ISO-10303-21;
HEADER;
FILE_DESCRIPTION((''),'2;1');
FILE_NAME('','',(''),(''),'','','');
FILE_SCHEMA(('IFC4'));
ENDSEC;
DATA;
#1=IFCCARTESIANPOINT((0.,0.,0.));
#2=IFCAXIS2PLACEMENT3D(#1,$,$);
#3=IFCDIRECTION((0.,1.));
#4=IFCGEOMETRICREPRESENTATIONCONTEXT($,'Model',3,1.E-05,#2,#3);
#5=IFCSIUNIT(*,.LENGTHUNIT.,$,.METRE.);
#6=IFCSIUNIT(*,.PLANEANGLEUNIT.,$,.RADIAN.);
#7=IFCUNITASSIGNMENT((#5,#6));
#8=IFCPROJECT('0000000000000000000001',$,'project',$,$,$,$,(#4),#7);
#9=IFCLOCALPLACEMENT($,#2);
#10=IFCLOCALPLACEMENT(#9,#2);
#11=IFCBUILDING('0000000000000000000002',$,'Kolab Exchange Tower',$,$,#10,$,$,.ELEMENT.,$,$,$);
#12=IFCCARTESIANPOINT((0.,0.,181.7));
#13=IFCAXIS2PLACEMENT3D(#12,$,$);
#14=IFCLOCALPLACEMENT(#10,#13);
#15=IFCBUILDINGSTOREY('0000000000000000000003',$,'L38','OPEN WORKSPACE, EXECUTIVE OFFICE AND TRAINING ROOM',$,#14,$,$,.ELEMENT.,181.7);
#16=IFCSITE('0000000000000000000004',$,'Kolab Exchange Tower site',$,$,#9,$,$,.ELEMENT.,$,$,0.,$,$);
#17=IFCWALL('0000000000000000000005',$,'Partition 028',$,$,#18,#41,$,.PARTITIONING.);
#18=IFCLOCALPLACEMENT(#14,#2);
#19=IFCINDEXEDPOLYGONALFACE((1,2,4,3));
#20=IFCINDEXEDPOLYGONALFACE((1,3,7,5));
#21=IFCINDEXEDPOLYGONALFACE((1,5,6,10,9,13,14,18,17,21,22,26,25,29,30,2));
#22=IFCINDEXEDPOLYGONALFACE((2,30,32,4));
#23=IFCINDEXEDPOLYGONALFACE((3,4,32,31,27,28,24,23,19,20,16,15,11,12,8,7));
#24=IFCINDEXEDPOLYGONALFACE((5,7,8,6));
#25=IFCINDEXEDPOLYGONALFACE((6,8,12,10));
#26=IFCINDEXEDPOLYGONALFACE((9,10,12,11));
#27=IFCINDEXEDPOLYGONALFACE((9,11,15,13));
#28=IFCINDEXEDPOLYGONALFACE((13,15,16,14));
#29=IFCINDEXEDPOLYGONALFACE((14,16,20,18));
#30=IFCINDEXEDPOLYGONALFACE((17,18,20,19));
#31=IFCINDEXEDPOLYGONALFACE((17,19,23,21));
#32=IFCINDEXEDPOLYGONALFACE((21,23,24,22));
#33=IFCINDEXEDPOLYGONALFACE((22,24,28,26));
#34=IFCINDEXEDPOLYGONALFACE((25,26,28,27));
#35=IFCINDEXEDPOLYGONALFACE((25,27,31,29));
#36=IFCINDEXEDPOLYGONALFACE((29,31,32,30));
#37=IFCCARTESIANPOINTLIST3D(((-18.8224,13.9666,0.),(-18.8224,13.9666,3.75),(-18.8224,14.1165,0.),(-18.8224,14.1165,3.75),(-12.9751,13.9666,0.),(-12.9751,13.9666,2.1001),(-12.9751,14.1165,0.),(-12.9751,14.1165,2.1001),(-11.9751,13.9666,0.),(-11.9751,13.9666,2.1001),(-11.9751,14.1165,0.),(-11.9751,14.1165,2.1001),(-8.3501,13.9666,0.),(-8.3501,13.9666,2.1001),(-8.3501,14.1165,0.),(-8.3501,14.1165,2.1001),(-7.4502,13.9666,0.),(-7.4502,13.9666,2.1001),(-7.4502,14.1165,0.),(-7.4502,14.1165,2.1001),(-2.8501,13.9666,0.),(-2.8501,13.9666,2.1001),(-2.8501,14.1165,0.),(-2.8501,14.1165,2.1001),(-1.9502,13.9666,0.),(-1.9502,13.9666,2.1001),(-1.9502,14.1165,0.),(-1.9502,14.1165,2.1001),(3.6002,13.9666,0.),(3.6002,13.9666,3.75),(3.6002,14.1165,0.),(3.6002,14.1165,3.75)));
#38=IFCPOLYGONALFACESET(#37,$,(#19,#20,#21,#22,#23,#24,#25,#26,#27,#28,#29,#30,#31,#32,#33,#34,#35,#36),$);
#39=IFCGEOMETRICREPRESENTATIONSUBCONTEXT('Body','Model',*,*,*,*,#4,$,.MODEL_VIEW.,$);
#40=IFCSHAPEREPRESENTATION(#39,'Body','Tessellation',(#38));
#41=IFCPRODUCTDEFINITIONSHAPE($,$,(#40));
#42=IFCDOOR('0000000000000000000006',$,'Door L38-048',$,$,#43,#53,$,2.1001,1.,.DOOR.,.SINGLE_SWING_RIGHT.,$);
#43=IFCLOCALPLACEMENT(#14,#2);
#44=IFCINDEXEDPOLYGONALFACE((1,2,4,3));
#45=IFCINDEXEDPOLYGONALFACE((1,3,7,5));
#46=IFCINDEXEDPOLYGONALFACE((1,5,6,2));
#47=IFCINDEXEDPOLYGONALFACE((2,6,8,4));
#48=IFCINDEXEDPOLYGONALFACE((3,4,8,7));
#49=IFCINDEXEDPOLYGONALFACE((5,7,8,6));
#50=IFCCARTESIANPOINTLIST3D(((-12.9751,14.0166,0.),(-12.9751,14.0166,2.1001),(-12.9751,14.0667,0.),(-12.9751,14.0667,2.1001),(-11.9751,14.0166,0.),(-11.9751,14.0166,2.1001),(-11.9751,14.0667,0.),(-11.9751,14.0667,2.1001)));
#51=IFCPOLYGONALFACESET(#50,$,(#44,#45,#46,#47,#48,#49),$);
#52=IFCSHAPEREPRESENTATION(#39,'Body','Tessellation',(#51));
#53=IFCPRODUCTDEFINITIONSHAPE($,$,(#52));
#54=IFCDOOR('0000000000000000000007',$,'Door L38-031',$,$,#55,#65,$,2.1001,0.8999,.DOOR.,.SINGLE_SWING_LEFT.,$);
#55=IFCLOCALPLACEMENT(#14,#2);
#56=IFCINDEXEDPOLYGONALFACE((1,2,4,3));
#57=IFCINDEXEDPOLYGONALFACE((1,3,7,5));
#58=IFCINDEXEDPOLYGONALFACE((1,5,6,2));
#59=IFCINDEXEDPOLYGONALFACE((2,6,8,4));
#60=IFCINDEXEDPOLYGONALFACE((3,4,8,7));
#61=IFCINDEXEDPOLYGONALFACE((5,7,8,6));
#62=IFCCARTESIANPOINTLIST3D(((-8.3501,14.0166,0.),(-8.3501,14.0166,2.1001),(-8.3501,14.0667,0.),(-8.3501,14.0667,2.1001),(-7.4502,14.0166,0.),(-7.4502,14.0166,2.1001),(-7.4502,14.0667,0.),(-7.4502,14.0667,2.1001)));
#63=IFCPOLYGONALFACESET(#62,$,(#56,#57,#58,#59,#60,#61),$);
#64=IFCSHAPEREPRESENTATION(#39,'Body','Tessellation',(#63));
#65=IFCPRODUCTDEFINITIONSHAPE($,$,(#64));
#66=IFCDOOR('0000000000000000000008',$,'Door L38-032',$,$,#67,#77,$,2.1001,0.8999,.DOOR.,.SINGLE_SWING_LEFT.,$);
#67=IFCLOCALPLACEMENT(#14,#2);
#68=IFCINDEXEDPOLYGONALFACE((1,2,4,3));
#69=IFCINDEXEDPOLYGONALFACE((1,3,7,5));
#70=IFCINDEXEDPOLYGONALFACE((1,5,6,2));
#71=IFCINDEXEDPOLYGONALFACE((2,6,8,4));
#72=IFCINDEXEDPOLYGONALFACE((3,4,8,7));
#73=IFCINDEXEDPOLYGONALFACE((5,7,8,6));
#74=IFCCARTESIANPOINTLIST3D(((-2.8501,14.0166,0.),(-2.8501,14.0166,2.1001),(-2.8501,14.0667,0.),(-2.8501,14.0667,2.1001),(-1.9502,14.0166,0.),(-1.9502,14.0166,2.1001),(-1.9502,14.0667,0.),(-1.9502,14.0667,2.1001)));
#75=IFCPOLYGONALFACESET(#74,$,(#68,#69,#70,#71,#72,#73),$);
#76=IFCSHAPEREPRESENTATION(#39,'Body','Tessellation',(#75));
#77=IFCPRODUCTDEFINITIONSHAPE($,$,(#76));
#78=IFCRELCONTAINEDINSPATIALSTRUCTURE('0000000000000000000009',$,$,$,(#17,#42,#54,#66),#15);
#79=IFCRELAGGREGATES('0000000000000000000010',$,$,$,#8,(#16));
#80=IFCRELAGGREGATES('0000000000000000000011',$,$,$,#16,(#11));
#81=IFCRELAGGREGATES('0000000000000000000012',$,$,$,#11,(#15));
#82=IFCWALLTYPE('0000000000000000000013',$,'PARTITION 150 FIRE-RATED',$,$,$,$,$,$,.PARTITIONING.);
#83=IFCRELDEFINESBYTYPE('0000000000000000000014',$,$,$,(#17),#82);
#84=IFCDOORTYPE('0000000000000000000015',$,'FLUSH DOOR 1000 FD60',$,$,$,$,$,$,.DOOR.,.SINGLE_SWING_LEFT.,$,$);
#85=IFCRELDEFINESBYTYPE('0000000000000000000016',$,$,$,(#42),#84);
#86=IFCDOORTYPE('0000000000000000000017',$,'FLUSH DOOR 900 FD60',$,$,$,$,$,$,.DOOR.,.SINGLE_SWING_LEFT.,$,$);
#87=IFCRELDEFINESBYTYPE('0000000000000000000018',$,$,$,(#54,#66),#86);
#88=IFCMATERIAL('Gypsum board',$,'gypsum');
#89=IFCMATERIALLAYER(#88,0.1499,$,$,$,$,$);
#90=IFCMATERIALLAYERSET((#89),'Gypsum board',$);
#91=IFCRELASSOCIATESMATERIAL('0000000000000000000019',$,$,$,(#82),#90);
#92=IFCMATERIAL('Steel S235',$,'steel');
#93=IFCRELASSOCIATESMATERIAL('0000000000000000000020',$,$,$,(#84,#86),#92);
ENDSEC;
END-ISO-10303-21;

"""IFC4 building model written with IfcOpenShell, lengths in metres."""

from ifc_helpers import new_model, si_unit, direction, frame, frame_2d, origin, place, context, subcontext, project, spatial, rectangle, extrude, material, layer, layer_set, type_object, element, fill, save


model = new_model("IFC4")

# Units and contexts
model_context = context("Model", 3, precision=1e-05, world=origin(), true_north=direction((0.0, 1.0)))
body_context = subcontext(model_context, "Body", "Model", "MODEL_VIEW")
ifc_project = project(units=[si_unit("LENGTHUNIT", "METRE"), si_unit("PLANEANGLEUNIT", "RADIAN")], contexts=[model_context])

# Site, building, storey
site_placement = place(None, origin())
site = spatial("IfcSite", under=ifc_project, at=site_placement, Name="Kolab Exchange Tower site", CompositionType="ELEMENT", RefElevation=0.0)
building_placement = place(site_placement, origin())
building = spatial("IfcBuilding", under=site, at=building_placement, Name="Kolab Exchange Tower", CompositionType="ELEMENT")
storey_placement = place(building_placement, frame((0.0, 0.0, 181.7)))
storey = spatial("IfcBuildingStorey", under=building, at=storey_placement, Name="L38", Description="OPEN WORKSPACE, EXECUTIVE OFFICE AND TRAINING ROOM", CompositionType="ELEMENT", Elevation=181.7)

# Wall, openings, doors
ifc_material_1 = material(Name="Gypsum board", Category="gypsum")
ifc_layer_1 = layer(ifc_material_1, 0.1499)
ifc_layer_set_1 = layer_set([ifc_layer_1], Name="Gypsum board")
wall_type = type_object("IfcWallType", Name="PARTITION 150 FIRE-RATED", PredefinedType="PARTITIONING", material=ifc_layer_set_1)
wall_1_placement = place(storey_placement, frame((-18.8225, 14.0415, 0.0), z_axis=(0.0, 0.0, 1.0), x_axis=(1.0, 0.0, 0.0)))
wall_1 = element("IfcWall", 1, at=wall_1_placement, inside=storey, type_object=wall_type, Name="Partition 028", PredefinedType="PARTITIONING", context=body_context, shape_type="SweptSolid", body=[
    extrude(rectangle(XDim=22.4226, YDim=0.1499, at=frame_2d((11.2114, 0.0))), origin(), (0.0, 0.0, 1.0), 3.75),
])
opening_1_placement = place(wall_1_placement, frame((10.4724, 0.0, 0.0)))
opening_1 = element("IfcOpeningElement", 2, at=opening_1_placement, cuts=wall_1, PredefinedType="OPENING", context=body_context, shape_type="SweptSolid", body=[
    extrude(rectangle(XDim=0.8999, YDim=2.1001, at=frame_2d((0.45, 1.05))), frame((0.0, 0.085, 0.0), z_axis=(0.0, -1.0, 0.0), x_axis=(1.0, 0.0, 0.0)), (0.0, 0.0, 1.0), 0.1699),
])
opening_2_placement = place(wall_1_placement, frame((15.9724, 0.0, 0.0)))
opening_2 = element("IfcOpeningElement", 3, at=opening_2_placement, cuts=wall_1, PredefinedType="OPENING", context=body_context, shape_type="SweptSolid", body=[
    extrude(rectangle(XDim=0.8999, YDim=2.1001, at=frame_2d((0.45, 1.05))), frame((0.0, 0.085, 0.0), z_axis=(0.0, -1.0, 0.0), x_axis=(1.0, 0.0, 0.0)), (0.0, 0.0, 1.0), 0.1699),
])
opening_3_placement = place(wall_1_placement, frame((5.8474, 0.0, 0.0)))
opening_3 = element("IfcOpeningElement", 4, at=opening_3_placement, cuts=wall_1, PredefinedType="OPENING", context=body_context, shape_type="SweptSolid", body=[
    extrude(rectangle(XDim=1.0, YDim=2.1001, at=frame_2d((0.5, 1.05))), frame((0.0, 0.085, 0.0), z_axis=(0.0, -1.0, 0.0), x_axis=(1.0, 0.0, 0.0)), (0.0, 0.0, 1.0), 0.1699),
])
ifc_material_2 = material(Name="Steel S235", Category="steel")
door_type_1 = type_object("IfcDoorType", Name="FLUSH DOOR 1000 FD60", OperationType="SINGLE_SWING_LEFT", PredefinedType="DOOR", material=ifc_material_2)
door_1_placement = place(opening_3_placement, frame((1.0, 0.0, 0.0), z_axis=(0.0, 0.0, 1.0), x_axis=(-1.0, 0.0, 0.0)))
door_1 = element("IfcDoor", 5, at=door_1_placement, inside=storey, type_object=door_type_1, Name="Door L38-048", OperationType="SINGLE_SWING_RIGHT", OverallHeight=2.1001, OverallWidth=1.0, PredefinedType="DOOR", context=body_context, shape_type="SweptSolid", body=[
    extrude(rectangle(XDim=1.0, YDim=2.1001, at=frame_2d((0.5, 1.05))), frame((0.0, 0.0249, 0.0), z_axis=(0.0, -1.0, 0.0), x_axis=(1.0, 0.0, 0.0)), (0.0, 0.0, 1.0), 0.05),
])
fill(opening_3, door_1)
door_type_2 = type_object("IfcDoorType", Name="FLUSH DOOR 900 FD60", OperationType="SINGLE_SWING_LEFT", PredefinedType="DOOR", material=ifc_material_2)
door_2_placement = place(opening_1_placement, frame((0.8999, 0.0, 0.0), z_axis=(0.0, 0.0, 1.0), x_axis=(-1.0, 0.0, 0.0)))
door_2 = element("IfcDoor", 6, at=door_2_placement, inside=storey, type_object=door_type_2, Name="Door L38-031", OperationType="SINGLE_SWING_LEFT", OverallHeight=2.1001, OverallWidth=0.8999, PredefinedType="DOOR", context=body_context, shape_type="SweptSolid", body=[
    extrude(rectangle(XDim=0.8999, YDim=2.1001, at=frame_2d((0.45, 1.05))), frame((0.0, 0.0249, 0.0), z_axis=(0.0, -1.0, 0.0), x_axis=(1.0, 0.0, 0.0)), (0.0, 0.0, 1.0), 0.05),
])
fill(opening_1, door_2)
door_3_placement = place(opening_2_placement, frame((0.8999, 0.0, 0.0), z_axis=(0.0, 0.0, 1.0), x_axis=(-1.0, 0.0, 0.0)))
door_3 = element("IfcDoor", 7, at=door_3_placement, inside=storey, type_object=door_type_2, Name="Door L38-032", OperationType="SINGLE_SWING_LEFT", OverallHeight=2.1001, OverallWidth=0.8999, PredefinedType="DOOR", context=body_context, shape_type="SweptSolid", body=[
    extrude(rectangle(XDim=0.8999, YDim=2.1001, at=frame_2d((0.45, 1.05))), frame((0.0, 0.0249, 0.0), z_axis=(0.0, -1.0, 0.0), x_axis=(1.0, 0.0, 0.0)), (0.0, 0.0, 1.0), 0.05),
])
fill(opening_2, door_3)

save(model, "model.ifc")
